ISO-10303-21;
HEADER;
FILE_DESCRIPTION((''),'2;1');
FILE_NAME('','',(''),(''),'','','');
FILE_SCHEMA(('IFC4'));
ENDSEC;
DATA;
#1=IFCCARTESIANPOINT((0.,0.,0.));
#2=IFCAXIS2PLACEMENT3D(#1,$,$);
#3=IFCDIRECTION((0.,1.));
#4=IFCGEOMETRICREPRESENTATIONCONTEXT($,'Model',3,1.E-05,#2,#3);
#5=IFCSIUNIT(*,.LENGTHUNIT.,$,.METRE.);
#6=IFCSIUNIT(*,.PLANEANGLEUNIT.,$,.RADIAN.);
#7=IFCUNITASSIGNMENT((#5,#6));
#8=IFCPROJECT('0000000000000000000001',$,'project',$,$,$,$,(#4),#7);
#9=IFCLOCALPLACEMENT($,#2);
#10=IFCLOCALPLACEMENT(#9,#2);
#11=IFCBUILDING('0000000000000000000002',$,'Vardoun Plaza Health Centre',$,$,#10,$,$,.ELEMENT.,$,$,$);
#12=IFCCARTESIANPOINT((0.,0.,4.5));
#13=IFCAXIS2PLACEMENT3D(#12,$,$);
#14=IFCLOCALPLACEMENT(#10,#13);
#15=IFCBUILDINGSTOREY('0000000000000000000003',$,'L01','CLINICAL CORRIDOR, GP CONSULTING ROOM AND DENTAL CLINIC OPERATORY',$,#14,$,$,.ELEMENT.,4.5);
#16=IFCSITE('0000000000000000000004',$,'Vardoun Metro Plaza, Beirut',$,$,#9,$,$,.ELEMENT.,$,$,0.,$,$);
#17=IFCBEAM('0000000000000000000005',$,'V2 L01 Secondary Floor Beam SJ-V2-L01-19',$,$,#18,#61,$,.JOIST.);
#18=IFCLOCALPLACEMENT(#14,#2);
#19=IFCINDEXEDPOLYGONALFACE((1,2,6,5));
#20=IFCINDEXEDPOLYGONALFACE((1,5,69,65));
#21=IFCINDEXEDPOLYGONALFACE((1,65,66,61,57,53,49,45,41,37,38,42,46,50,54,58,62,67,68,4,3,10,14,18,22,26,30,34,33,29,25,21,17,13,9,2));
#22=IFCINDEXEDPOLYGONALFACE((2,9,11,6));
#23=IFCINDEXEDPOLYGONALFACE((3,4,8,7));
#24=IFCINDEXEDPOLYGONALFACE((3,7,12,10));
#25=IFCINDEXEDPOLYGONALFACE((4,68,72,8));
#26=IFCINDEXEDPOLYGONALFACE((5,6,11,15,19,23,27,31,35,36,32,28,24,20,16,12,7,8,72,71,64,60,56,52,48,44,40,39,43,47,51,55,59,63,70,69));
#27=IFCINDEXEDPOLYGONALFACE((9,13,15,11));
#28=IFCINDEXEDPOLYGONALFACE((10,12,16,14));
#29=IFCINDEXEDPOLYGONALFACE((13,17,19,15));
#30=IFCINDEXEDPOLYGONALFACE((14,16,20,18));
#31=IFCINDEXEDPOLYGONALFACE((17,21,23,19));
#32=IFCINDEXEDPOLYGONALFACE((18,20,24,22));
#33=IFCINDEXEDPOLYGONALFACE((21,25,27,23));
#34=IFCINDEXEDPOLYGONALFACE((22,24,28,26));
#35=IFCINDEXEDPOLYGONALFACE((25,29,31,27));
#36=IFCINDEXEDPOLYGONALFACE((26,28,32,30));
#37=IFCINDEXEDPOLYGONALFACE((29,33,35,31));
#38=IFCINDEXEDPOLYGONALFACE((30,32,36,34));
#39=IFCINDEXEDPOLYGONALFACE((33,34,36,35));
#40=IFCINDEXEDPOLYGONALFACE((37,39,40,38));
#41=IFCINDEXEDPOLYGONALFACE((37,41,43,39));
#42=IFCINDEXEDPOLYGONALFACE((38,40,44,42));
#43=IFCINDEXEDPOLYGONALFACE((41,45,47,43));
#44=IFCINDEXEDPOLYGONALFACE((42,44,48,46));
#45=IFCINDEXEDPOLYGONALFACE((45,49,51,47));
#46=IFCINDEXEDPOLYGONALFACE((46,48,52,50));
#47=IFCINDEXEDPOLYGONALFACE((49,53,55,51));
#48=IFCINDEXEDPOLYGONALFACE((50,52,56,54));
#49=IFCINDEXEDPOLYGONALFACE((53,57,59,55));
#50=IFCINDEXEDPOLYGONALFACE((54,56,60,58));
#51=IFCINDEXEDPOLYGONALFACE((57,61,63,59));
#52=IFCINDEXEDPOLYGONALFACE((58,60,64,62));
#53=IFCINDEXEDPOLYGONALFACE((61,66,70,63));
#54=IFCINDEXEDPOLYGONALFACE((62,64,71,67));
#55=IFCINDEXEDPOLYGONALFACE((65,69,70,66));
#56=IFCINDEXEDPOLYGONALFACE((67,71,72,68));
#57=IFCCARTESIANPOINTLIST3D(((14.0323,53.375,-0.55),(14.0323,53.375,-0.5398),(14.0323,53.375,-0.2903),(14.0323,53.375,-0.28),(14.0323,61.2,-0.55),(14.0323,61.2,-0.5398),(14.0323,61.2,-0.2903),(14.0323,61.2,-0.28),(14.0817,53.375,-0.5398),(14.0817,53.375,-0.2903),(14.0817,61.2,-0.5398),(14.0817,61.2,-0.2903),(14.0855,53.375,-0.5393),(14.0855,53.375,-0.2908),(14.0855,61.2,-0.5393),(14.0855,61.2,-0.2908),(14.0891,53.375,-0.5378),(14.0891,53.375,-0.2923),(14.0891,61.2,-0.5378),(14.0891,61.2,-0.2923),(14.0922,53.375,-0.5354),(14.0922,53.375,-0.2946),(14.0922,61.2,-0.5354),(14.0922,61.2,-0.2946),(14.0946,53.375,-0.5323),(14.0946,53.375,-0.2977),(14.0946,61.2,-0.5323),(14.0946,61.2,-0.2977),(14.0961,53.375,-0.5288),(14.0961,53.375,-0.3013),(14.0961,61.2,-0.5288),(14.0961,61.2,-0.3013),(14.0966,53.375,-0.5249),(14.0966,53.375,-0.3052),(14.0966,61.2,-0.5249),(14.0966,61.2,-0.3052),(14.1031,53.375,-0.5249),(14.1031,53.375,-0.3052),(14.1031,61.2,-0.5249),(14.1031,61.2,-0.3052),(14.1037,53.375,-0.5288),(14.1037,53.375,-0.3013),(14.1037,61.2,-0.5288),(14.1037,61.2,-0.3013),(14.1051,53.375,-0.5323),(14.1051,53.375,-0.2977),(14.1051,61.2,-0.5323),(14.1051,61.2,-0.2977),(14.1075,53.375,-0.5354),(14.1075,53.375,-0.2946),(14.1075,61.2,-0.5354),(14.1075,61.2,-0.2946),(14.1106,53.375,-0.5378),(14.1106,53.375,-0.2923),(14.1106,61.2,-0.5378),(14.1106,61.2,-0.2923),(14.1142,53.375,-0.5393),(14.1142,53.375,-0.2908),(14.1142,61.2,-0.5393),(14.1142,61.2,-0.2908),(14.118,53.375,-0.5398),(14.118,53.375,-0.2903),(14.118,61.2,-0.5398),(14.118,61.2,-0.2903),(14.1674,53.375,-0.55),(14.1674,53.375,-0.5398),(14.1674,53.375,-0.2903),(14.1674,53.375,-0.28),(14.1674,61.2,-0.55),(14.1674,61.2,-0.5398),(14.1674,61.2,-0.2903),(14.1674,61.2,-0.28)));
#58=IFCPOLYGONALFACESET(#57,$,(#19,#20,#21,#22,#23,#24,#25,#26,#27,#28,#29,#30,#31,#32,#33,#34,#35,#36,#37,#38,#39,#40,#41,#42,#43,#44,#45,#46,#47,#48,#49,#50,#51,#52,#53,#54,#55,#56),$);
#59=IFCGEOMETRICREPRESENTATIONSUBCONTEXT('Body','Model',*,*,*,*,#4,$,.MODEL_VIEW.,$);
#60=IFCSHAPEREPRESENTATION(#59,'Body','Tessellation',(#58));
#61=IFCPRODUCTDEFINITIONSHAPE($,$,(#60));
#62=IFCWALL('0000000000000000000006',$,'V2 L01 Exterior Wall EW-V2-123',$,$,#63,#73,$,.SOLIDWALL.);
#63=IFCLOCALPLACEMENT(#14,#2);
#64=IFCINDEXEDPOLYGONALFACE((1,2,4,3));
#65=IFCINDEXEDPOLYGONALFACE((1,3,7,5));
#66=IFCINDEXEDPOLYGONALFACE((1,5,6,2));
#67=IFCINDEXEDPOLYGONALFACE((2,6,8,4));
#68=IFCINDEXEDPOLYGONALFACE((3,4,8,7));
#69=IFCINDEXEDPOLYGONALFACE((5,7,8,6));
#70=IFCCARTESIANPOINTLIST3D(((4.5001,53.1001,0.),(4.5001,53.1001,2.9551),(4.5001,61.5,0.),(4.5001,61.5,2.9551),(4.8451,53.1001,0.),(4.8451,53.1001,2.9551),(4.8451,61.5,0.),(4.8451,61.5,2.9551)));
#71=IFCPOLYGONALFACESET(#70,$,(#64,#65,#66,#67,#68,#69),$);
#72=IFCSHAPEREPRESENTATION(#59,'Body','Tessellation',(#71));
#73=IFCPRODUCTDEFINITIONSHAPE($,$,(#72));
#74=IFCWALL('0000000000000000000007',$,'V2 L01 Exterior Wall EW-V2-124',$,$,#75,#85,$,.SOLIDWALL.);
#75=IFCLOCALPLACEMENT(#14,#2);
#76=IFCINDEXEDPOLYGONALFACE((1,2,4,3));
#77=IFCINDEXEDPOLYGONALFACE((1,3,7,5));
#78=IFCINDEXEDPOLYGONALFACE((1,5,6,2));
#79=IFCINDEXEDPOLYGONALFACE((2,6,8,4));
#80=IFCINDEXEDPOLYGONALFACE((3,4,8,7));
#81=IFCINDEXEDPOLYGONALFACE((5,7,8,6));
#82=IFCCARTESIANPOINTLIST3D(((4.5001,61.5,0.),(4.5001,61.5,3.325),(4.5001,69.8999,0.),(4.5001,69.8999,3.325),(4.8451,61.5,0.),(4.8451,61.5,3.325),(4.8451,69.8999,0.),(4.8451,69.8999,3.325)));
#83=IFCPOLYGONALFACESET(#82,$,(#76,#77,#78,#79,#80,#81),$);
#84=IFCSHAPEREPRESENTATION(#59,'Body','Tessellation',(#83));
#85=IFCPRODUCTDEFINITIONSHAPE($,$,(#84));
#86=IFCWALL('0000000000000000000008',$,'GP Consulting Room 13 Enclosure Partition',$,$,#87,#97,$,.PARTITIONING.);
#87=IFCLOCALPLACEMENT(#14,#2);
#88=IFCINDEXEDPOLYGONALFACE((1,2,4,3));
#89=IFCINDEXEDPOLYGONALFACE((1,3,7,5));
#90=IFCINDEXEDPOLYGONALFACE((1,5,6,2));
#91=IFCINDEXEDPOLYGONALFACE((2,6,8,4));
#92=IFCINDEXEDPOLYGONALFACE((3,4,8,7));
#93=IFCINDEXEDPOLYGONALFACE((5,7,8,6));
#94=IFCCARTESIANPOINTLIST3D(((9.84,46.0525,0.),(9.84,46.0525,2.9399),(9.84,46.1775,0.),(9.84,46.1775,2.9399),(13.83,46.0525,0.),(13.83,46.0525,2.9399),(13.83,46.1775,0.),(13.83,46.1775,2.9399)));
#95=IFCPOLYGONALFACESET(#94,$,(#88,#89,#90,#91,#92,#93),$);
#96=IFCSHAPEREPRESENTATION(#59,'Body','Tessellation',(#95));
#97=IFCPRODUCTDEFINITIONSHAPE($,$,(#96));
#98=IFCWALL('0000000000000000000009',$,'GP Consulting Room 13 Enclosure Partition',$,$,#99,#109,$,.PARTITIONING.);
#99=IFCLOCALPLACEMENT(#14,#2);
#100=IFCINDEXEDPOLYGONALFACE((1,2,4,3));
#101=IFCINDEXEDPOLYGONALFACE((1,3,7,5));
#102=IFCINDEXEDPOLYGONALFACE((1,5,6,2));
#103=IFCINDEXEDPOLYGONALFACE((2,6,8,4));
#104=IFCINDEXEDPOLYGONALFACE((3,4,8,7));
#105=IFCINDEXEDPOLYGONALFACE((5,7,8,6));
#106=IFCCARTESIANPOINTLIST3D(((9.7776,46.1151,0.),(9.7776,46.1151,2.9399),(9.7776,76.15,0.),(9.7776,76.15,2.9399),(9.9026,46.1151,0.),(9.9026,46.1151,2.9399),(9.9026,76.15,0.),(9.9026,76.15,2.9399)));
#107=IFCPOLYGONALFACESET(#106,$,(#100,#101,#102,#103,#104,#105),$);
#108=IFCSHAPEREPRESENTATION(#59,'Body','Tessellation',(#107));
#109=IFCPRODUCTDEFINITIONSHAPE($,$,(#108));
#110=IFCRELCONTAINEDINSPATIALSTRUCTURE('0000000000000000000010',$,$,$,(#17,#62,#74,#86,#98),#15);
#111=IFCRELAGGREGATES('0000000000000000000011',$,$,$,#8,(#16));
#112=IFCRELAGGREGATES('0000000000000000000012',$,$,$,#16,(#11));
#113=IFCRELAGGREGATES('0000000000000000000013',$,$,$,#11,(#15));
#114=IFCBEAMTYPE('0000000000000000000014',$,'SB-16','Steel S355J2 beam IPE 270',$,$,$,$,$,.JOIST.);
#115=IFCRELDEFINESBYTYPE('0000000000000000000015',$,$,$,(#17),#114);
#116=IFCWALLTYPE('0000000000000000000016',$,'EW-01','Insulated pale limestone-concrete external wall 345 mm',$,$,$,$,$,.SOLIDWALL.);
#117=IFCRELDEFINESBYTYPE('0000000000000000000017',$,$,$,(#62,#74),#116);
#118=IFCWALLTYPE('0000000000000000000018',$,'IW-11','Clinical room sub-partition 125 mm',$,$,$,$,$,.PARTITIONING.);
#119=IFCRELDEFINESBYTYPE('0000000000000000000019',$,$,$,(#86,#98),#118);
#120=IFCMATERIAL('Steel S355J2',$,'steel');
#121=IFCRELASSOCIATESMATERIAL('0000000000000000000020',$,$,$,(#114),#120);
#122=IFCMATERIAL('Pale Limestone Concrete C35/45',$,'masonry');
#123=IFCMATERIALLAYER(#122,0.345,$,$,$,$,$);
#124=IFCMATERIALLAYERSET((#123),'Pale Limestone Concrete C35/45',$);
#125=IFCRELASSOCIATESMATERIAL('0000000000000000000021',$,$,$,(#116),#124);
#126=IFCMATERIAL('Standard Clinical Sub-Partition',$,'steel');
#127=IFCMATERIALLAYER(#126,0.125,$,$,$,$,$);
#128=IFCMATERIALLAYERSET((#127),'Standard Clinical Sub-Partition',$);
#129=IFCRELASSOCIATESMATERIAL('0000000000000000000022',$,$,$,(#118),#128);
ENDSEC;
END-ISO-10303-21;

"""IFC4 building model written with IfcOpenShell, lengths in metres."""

from ifc_helpers import new_model, si_unit, direction, frame, frame_2d, origin, origin_2d, place, context, subcontext, project, spatial, rectangle, i_section, extrude, material, layer, layer_set, material_profile, profile_set, type_object, element, save


model = new_model("IFC4")

# Units and contexts
model_context = context("Model", 3, precision=1e-05, world=origin(), true_north=direction((0.0, 1.0)))
body_context = subcontext(model_context, "Body", "Model", "MODEL_VIEW")
ifc_project = project(units=[si_unit("LENGTHUNIT", "METRE"), si_unit("PLANEANGLEUNIT", "RADIAN")], contexts=[model_context])

# Site, building, storey
site_placement = place(None, origin())
site = spatial("IfcSite", under=ifc_project, at=site_placement, Name="Vardoun Metro Plaza, Beirut", CompositionType="ELEMENT", RefElevation=0.0)
building_placement = place(site_placement, origin())
building = spatial("IfcBuilding", under=site, at=building_placement, Name="Vardoun Plaza Health Centre", CompositionType="ELEMENT")
storey_placement = place(building_placement, frame((0.0, 0.0, 4.5)))
storey = spatial("IfcBuildingStorey", under=building, at=storey_placement, Name="L01", Description="CLINICAL CORRIDOR, GP CONSULTING ROOM AND DENTAL CLINIC OPERATORY", CompositionType="ELEMENT", Elevation=4.5)

# Beam
ifc_material_1 = material(Name="Steel S355J2", Category="steel")
ifc_material_profile_1 = material_profile(ifc_material_1, i_section(OverallWidth=0.135, OverallDepth=0.27, WebThickness=0.0066, FlangeThickness=0.0103, FilletRadius=0.0149, at=origin_2d()), Name="IPE 270")
ifc_profile_set_1 = profile_set([ifc_material_profile_1], Name="Steel S355J2")
beam_type_1 = type_object("IfcBeamType", Name="SB-16", Description="Steel S355J2 beam IPE 270", PredefinedType="JOIST", material=ifc_profile_set_1)
beam_1_placement = place(storey_placement, frame((14.0999, 53.375, -0.415), z_axis=(0.0, 1.0, 0.0), x_axis=(-1.0, 0.0, 0.0)))
element("IfcBeam", 1, at=beam_1_placement, inside=storey, type_object=beam_type_1, Name="V2 L01 Secondary Floor Beam SJ-V2-L01-19", PredefinedType="JOIST", context=body_context, shape_type="SweptSolid", body=[
    extrude(i_section(OverallWidth=0.135, OverallDepth=0.27, WebThickness=0.0066, FlangeThickness=0.0103, FilletRadius=0.0149, at=origin_2d()), origin(), (0.0, 0.0, 1.0), 7.825),
])

# Shared definitions
ifc_material_2 = material(Name="Pale Limestone Concrete C35/45", Category="masonry")
ifc_layer_1 = layer(ifc_material_2, 0.345)
ifc_layer_set_1 = layer_set([ifc_layer_1], Name="Pale Limestone Concrete C35/45")
wall_type_1 = type_object("IfcWallType", Name="EW-01", Description="Insulated pale limestone-concrete external wall 345 mm", PredefinedType="SOLIDWALL", material=ifc_layer_set_1)

# Walls
wall_1_placement = place(storey_placement, frame((4.6726, 53.1001, 0.0), z_axis=(0.0, 0.0, 1.0), x_axis=(0.0, 1.0, 0.0)))
element("IfcWall", 2, at=wall_1_placement, inside=storey, type_object=wall_type_1, Name="V2 L01 Exterior Wall EW-V2-123", PredefinedType="SOLIDWALL", context=body_context, shape_type="SweptSolid", body=[
    extrude(rectangle(XDim=8.3999, YDim=0.345, at=frame_2d((4.2, 0.0))), origin(), (0.0, 0.0, 1.0), 2.9551),
])
wall_2_placement = place(storey_placement, frame((4.6726, 61.5, 0.0), z_axis=(0.0, 0.0, 1.0), x_axis=(0.0, 1.0, 0.0)))
element("IfcWall", 3, at=wall_2_placement, inside=storey, type_object=wall_type_1, Name="V2 L01 Exterior Wall EW-V2-124", PredefinedType="SOLIDWALL", context=body_context, shape_type="SweptSolid", body=[
    extrude(rectangle(XDim=8.3999, YDim=0.345, at=frame_2d((4.2, 0.0))), origin(), (0.0, 0.0, 1.0), 3.325),
])
ifc_material_3 = material(Name="Standard Clinical Sub-Partition", Category="steel")
ifc_layer_2 = layer(ifc_material_3, 0.125)
ifc_layer_set_2 = layer_set([ifc_layer_2], Name="Standard Clinical Sub-Partition")
wall_type_2 = type_object("IfcWallType", Name="IW-11", Description="Clinical room sub-partition 125 mm", PredefinedType="PARTITIONING", material=ifc_layer_set_2)
wall_3_placement = place(storey_placement, frame((13.8301, 46.115, 0.0), z_axis=(0.0, 0.0, 1.0), x_axis=(-1.0, 0.0, 0.0)))
element("IfcWall", 4, at=wall_3_placement, inside=storey, type_object=wall_type_2, Name="GP Consulting Room 13 Enclosure Partition", PredefinedType="PARTITIONING", context=body_context, shape_type="SweptSolid", body=[
    extrude(rectangle(XDim=3.99, YDim=0.125, at=frame_2d((1.9951, 0.0))), origin(), (0.0, 0.0, 1.0), 2.9399),
])
wall_4_placement = place(storey_placement, frame((9.8401, 46.115, 0.0), z_axis=(0.0, 0.0, 1.0), x_axis=(0.0, 1.0, 0.0)))
element("IfcWall", 5, at=wall_4_placement, inside=storey, type_object=wall_type_2, Name="GP Consulting Room 13 Enclosure Partition", PredefinedType="PARTITIONING", context=body_context, shape_type="SweptSolid", body=[
    extrude(rectangle(XDim=30.0349, YDim=0.125, at=frame_2d((15.0176, 0.0))), origin(), (0.0, 0.0, 1.0), 2.9399),
])

save(model, "model.ifc")
